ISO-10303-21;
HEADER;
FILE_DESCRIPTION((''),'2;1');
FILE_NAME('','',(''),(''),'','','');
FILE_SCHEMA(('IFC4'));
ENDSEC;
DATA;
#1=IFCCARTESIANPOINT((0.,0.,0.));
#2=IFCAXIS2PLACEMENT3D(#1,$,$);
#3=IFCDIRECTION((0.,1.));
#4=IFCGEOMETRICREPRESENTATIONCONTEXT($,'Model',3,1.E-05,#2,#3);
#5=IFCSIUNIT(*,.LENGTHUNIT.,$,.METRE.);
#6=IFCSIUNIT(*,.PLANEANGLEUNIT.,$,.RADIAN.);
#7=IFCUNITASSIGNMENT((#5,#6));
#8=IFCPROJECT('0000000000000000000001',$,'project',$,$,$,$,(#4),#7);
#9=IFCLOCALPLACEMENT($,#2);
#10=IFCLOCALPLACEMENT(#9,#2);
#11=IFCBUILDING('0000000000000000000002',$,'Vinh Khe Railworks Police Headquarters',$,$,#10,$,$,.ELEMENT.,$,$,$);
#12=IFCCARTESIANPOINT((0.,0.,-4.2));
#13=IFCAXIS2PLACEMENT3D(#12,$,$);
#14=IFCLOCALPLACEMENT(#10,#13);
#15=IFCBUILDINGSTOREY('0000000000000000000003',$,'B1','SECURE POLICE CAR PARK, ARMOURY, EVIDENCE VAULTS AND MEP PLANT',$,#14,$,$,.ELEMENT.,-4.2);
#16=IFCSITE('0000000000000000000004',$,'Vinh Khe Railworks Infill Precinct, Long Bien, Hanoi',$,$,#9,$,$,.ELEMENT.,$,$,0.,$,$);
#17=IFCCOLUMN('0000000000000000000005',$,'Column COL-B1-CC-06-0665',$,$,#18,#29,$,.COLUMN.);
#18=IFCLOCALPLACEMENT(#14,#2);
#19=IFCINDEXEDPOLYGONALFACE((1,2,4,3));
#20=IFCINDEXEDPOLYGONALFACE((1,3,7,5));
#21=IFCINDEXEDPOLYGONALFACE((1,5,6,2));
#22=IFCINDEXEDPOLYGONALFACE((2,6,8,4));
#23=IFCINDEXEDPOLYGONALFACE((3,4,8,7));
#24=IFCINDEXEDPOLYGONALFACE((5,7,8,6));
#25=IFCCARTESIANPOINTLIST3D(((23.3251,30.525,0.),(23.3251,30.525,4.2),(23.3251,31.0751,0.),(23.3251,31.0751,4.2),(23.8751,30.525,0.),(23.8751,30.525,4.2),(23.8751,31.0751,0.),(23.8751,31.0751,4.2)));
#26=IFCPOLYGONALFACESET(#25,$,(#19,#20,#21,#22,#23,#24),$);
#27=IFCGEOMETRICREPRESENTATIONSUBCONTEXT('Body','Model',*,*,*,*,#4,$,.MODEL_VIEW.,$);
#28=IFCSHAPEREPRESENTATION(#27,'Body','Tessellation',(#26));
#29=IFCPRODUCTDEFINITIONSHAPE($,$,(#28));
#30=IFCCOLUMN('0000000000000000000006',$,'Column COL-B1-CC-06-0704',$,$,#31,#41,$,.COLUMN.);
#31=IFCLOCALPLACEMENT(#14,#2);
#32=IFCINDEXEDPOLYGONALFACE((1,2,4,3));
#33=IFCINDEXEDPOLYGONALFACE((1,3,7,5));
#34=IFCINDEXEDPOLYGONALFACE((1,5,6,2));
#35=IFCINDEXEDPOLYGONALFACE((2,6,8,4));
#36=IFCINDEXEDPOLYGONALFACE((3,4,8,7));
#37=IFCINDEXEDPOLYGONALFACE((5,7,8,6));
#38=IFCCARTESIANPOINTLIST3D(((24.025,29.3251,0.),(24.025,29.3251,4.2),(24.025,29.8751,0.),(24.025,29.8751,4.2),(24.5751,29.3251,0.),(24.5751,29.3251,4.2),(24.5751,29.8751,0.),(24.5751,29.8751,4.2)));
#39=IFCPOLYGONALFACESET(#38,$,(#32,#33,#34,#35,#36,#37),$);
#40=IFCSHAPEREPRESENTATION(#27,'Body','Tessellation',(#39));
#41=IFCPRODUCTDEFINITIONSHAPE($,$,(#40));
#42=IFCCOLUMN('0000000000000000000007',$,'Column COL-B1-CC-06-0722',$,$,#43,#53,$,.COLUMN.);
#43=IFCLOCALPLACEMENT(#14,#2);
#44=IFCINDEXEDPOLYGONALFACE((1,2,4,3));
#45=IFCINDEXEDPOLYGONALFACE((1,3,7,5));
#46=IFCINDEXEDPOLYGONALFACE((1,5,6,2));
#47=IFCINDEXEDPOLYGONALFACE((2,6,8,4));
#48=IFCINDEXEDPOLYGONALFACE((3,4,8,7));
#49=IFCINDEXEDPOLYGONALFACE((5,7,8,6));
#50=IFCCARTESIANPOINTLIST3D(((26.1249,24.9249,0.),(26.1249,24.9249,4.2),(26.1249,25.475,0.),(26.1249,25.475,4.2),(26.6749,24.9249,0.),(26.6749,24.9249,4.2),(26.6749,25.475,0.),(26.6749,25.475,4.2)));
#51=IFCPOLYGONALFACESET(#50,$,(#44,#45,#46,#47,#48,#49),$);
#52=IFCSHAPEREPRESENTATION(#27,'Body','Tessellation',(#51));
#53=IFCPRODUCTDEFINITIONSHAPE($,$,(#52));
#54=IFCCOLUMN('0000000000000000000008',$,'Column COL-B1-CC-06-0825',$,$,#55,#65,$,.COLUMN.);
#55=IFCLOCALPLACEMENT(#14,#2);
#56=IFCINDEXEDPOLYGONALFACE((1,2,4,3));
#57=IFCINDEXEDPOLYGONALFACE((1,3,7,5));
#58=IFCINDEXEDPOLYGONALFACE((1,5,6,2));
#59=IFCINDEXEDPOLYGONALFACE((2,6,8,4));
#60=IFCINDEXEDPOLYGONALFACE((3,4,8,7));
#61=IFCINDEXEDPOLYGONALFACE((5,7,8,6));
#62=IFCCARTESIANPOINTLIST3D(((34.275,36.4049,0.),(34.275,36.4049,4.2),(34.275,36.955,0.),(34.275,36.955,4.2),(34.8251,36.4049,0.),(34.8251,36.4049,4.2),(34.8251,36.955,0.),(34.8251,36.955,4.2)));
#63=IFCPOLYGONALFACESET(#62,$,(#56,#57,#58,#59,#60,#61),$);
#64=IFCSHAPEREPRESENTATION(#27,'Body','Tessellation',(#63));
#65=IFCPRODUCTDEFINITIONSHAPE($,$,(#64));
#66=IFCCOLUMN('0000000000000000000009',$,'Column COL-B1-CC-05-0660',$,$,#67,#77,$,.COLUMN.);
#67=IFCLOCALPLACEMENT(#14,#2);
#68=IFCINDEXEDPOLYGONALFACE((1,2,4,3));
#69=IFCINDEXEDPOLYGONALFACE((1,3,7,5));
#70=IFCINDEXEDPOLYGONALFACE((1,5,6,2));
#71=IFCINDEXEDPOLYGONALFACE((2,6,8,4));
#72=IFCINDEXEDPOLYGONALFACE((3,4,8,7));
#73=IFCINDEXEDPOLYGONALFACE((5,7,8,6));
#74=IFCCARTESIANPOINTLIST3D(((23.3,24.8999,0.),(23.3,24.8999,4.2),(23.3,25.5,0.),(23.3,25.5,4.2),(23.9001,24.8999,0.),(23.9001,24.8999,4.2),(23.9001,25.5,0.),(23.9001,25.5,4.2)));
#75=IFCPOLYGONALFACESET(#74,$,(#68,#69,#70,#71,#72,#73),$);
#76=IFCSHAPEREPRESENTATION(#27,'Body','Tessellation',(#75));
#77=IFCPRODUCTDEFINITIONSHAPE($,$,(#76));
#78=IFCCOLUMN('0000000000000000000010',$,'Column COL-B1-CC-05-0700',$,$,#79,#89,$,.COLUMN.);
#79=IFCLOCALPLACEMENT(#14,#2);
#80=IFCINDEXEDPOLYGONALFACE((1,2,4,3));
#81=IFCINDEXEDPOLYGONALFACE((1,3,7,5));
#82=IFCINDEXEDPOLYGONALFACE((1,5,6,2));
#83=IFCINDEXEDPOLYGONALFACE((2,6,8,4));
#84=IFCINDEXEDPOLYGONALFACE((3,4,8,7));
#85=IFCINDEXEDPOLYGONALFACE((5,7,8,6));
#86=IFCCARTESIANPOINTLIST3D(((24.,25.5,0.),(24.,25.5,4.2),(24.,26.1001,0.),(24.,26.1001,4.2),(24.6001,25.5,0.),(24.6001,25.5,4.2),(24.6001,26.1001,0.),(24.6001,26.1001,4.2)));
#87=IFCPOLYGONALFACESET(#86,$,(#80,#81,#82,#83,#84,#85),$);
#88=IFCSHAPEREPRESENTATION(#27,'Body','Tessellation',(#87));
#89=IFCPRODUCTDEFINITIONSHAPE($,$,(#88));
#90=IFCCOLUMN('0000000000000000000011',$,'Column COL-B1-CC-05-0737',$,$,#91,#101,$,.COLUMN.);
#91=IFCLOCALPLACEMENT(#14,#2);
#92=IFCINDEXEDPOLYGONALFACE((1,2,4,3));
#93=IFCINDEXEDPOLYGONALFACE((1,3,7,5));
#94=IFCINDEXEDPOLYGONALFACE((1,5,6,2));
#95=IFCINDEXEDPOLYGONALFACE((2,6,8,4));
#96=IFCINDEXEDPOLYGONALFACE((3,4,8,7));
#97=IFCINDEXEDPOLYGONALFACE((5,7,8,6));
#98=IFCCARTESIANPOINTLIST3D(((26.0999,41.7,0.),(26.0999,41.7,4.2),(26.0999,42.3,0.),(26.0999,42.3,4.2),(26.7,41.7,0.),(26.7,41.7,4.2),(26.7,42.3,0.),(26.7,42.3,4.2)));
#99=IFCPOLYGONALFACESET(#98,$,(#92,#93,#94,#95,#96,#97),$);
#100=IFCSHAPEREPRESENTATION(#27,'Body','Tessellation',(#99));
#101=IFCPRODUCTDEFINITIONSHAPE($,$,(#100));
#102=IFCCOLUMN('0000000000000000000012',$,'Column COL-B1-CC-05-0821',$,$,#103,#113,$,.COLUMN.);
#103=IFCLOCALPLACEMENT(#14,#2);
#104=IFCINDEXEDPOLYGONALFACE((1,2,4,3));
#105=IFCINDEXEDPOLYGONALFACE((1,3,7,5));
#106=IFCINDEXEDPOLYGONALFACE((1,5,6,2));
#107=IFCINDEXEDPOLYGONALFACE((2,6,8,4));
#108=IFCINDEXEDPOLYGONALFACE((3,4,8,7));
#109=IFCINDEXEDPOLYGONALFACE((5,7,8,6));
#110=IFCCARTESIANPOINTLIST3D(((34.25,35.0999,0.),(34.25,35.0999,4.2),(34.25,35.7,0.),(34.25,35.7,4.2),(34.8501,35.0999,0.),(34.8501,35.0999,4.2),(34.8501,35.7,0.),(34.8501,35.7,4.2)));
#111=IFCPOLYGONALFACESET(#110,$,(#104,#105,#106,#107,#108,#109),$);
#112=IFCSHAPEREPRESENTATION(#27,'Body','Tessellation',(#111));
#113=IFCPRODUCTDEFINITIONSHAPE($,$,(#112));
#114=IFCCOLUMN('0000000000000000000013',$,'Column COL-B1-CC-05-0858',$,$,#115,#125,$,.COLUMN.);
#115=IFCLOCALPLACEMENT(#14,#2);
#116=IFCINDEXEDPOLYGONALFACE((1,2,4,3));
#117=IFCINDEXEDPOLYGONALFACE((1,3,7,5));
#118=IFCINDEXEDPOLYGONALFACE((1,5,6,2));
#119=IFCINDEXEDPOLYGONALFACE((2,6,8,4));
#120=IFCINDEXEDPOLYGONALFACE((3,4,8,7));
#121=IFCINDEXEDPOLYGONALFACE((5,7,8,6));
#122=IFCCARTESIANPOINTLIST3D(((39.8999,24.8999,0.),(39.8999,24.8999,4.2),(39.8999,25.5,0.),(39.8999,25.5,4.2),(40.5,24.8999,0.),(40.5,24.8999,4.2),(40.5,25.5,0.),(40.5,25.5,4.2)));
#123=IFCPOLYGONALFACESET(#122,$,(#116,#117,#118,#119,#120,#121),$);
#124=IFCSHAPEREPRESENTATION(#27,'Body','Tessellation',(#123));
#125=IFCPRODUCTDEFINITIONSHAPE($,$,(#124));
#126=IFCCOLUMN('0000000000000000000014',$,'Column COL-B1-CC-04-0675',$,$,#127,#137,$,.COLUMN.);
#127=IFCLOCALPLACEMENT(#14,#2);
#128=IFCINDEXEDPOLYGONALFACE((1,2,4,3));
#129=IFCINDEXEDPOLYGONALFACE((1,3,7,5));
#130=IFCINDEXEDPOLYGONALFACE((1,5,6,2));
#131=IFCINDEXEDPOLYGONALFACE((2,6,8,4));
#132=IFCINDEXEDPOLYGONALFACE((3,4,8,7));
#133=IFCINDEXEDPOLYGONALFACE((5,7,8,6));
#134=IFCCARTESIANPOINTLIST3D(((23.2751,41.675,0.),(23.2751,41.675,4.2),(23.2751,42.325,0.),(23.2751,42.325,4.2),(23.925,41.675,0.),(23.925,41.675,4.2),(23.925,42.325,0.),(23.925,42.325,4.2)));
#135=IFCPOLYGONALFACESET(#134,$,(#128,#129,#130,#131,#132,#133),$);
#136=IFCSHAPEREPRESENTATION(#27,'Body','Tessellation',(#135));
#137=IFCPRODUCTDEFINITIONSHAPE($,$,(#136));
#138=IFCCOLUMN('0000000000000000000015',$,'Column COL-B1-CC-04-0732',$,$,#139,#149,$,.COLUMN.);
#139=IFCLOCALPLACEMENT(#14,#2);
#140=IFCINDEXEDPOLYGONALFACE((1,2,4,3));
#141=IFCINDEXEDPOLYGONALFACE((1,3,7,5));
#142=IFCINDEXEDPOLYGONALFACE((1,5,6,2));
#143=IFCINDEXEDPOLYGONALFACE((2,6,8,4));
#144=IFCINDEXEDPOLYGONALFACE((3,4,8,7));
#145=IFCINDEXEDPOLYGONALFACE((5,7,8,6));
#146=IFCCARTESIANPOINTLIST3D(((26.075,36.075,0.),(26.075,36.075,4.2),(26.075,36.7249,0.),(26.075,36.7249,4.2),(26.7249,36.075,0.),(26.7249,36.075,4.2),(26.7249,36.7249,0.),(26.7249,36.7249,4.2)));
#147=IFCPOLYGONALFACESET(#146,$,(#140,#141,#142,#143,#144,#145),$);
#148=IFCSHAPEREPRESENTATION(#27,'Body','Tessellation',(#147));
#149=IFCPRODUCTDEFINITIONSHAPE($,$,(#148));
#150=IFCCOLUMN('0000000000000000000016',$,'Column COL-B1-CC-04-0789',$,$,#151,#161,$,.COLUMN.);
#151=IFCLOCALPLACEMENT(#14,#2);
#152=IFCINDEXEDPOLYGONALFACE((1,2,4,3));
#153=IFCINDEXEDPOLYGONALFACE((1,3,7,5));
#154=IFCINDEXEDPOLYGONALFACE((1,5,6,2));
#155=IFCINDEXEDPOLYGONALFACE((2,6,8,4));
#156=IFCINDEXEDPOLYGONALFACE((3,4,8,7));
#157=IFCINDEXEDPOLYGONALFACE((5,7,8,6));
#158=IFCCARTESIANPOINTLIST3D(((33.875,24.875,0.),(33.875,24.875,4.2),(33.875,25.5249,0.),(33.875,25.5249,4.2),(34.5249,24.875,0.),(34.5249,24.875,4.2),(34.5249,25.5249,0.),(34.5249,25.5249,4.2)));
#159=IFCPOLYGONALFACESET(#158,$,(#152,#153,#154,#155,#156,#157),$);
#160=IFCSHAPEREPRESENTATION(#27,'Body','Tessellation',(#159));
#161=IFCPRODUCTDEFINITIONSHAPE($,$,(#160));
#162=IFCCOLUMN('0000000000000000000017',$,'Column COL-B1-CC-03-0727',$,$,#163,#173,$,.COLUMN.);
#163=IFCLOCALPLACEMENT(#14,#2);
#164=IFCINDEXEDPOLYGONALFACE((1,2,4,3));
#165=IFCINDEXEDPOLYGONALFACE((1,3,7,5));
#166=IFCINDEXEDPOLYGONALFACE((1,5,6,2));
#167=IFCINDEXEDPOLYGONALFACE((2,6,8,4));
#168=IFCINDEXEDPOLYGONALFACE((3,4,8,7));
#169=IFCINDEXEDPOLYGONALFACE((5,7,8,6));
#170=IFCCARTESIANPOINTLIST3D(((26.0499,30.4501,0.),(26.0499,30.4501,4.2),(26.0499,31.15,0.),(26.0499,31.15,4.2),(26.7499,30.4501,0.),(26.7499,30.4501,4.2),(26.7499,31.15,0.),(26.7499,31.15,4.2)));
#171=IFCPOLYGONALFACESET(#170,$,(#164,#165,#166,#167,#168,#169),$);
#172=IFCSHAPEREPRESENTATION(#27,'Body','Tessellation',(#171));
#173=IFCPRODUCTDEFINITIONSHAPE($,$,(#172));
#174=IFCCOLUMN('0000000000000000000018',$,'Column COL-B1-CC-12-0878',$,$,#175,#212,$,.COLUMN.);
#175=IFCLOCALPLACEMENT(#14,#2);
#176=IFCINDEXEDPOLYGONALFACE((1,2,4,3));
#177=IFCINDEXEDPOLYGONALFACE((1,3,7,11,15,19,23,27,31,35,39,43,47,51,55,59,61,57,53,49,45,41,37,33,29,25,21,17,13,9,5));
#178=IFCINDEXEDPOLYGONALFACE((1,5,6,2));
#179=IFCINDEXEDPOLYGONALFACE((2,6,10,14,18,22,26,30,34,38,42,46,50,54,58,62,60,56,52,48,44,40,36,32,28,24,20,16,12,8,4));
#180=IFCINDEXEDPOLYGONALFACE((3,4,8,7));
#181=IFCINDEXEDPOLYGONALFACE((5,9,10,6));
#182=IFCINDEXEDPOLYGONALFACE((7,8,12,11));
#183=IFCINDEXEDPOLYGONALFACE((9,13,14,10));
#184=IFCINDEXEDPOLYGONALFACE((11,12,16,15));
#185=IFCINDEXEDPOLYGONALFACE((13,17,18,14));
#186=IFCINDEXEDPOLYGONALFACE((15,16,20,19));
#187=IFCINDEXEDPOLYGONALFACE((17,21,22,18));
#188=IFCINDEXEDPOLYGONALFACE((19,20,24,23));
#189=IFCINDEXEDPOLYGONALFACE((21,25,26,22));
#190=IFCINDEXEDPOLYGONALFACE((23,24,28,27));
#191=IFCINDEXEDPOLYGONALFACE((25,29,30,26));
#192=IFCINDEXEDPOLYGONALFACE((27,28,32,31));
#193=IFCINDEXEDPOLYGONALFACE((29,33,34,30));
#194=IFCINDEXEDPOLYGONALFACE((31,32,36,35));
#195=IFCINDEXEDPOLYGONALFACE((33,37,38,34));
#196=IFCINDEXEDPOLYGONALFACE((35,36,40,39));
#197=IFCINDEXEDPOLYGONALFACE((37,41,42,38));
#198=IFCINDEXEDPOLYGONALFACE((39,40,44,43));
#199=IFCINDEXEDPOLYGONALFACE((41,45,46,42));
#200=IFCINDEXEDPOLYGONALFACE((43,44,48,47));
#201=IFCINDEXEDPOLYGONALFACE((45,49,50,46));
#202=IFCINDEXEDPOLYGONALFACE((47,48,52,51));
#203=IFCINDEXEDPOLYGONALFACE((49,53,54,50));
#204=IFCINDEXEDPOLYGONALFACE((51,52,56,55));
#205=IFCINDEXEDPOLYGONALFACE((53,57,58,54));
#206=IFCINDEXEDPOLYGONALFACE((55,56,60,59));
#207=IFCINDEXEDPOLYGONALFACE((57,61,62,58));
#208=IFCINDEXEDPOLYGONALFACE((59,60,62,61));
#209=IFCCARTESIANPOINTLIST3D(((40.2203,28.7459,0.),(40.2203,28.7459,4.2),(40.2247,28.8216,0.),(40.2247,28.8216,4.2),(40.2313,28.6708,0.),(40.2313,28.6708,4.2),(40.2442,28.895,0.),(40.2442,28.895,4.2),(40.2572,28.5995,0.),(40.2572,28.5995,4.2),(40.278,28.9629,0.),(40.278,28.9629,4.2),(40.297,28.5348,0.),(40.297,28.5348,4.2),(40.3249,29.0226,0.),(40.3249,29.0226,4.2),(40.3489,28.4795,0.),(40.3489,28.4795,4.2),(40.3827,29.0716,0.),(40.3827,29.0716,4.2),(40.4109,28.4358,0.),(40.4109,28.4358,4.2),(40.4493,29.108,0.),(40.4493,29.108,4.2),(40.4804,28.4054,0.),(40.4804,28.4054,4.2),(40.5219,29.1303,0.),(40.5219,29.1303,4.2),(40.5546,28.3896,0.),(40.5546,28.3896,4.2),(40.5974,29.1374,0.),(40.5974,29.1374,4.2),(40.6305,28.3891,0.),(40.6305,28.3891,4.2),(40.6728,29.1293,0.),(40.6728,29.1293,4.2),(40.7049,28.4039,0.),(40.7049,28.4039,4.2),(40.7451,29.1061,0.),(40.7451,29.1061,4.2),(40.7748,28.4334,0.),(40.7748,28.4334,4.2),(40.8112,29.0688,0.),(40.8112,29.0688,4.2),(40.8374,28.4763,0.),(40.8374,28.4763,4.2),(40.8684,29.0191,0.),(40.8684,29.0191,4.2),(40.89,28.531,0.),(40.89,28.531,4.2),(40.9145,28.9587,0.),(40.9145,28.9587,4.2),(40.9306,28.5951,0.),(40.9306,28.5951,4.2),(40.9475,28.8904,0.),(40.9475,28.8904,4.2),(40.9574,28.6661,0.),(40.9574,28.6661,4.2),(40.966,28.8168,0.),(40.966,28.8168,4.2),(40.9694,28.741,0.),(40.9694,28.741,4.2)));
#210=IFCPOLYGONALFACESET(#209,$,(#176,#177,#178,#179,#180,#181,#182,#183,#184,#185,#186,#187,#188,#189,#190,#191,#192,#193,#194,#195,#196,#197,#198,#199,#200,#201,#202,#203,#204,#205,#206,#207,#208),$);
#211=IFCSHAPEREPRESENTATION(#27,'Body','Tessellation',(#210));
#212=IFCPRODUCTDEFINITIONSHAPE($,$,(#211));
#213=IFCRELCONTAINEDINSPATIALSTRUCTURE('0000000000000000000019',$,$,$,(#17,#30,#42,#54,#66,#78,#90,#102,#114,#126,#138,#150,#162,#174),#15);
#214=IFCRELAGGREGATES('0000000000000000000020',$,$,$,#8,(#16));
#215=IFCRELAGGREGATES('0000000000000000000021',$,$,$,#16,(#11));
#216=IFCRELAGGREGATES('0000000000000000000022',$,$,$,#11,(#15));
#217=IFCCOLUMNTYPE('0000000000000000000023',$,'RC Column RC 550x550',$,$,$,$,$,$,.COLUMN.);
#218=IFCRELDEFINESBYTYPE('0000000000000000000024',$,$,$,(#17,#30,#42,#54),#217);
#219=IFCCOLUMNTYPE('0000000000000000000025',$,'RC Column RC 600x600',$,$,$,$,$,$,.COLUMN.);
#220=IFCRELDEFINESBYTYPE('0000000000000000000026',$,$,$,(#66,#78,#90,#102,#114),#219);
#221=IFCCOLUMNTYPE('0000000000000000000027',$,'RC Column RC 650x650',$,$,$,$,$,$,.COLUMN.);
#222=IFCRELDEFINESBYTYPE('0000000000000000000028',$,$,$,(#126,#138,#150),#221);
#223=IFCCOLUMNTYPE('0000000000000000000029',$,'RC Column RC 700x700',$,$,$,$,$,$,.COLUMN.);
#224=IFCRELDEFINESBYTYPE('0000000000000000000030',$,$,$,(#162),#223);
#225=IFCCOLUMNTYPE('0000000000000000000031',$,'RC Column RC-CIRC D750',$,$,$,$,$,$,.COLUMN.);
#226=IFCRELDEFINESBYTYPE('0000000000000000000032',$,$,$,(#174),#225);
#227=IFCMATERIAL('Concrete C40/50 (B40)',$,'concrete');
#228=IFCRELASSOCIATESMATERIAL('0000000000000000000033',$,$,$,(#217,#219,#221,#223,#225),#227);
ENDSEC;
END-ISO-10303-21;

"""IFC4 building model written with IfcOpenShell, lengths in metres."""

from ifc_helpers import new_model, si_unit, direction, frame, origin, origin_2d, place, context, subcontext, project, spatial, rectangle, circle, extrude, material, material_profile, profile_set, type_object, element, save


model = new_model("IFC4")

# Units and contexts
model_context = context("Model", 3, precision=1e-05, world=origin(), true_north=direction((0.0, 1.0)))
body_context = subcontext(model_context, "Body", "Model", "MODEL_VIEW")
ifc_project = project(units=[si_unit("LENGTHUNIT", "METRE"), si_unit("PLANEANGLEUNIT", "RADIAN")], contexts=[model_context])

# Site, building, storey
site_placement = place(None, origin())
site = spatial("IfcSite", under=ifc_project, at=site_placement, Name="Vinh Khe Railworks Infill Precinct, Long Bien, Hanoi", CompositionType="ELEMENT", RefElevation=0.0)
building_placement = place(site_placement, origin())
building = spatial("IfcBuilding", under=site, at=building_placement, Name="Vinh Khe Railworks Police Headquarters", CompositionType="ELEMENT")
storey_placement = place(building_placement, frame((0.0, 0.0, -4.2)))
storey = spatial("IfcBuildingStorey", under=building, at=storey_placement, Name="B1", Description="SECURE POLICE CAR PARK, ARMOURY, EVIDENCE VAULTS AND MEP PLANT", CompositionType="ELEMENT", Elevation=-4.2)

# Columns
ifc_material_1 = material(Name="Concrete C40/50 (B40)", Category="concrete")
ifc_material_profile_1 = material_profile(ifc_material_1, rectangle(XDim=0.55, YDim=0.55, at=origin_2d()), Name="RC 550x550")
ifc_profile_set_1 = profile_set([ifc_material_profile_1], Name="Concrete C40/50 (B40)")
column_type_1 = type_object("IfcColumnType", Name="RC Column RC 550x550", PredefinedType="COLUMN", material=ifc_profile_set_1)
for number, where, z_axis, x_axis, name in (
    (1, (23.6001, 30.8, 0.0), (0.0, 0.0, 1.0), (1.0, 0.0, 0.0), "Column COL-B1-CC-06-0665"),
    (2, (24.3, 29.6001, 0.0), (0.0, 0.0, 1.0), (1.0, 0.0, 0.0), "Column COL-B1-CC-06-0704"),
    (3, (26.3999, 25.2, 0.0), (0.0, 0.0, 1.0), (1.0, 0.0, 0.0), "Column COL-B1-CC-06-0722"),
    (4, (34.55, 36.6799, 0.0), (0.0, 0.0, 1.0), (1.0, 0.0, 0.0), "Column COL-B1-CC-06-0825"),
):
    element("IfcColumn", number, at=place(storey_placement, frame(where, z_axis=z_axis, x_axis=x_axis)), inside=storey, type_object=column_type_1, Name=name, PredefinedType="COLUMN", context=body_context, shape_type="SweptSolid", body=[
        extrude(rectangle(XDim=0.55, YDim=0.55, at=origin_2d()), origin(), (0.0, 0.0, 1.0), 4.2),
    ])
ifc_material_profile_2 = material_profile(ifc_material_1, rectangle(XDim=0.6001, YDim=0.6001, at=origin_2d()), Name="RC 600x600")
ifc_profile_set_2 = profile_set([ifc_material_profile_2], Name="Concrete C40/50 (B40)")
column_type_2 = type_object("IfcColumnType", Name="RC Column RC 600x600", PredefinedType="COLUMN", material=ifc_profile_set_2)
for number, where, z_axis, x_axis, name in (
    (5, (23.6001, 25.2, 0.0), (0.0, 0.0, 1.0), (1.0, 0.0, 0.0), "Column COL-B1-CC-05-0660"),
    (6, (24.3, 25.8, 0.0), (0.0, 0.0, 1.0), (1.0, 0.0, 0.0), "Column COL-B1-CC-05-0700"),
    (7, (26.3999, 42.0, 0.0), (0.0, 0.0, 1.0), (1.0, 0.0, 0.0), "Column COL-B1-CC-05-0737"),
    (8, (34.55, 35.3999, 0.0), (0.0, 0.0, 1.0), (1.0, 0.0, 0.0), "Column COL-B1-CC-05-0821"),
    (9, (40.2, 25.2, 0.0), (0.0, 0.0, 1.0), (1.0, 0.0, 0.0), "Column COL-B1-CC-05-0858"),
):
    element("IfcColumn", number, at=place(storey_placement, frame(where, z_axis=z_axis, x_axis=x_axis)), inside=storey, type_object=column_type_2, Name=name, PredefinedType="COLUMN", context=body_context, shape_type="SweptSolid", body=[
        extrude(rectangle(XDim=0.6001, YDim=0.6001, at=origin_2d()), origin(), (0.0, 0.0, 1.0), 4.2),
    ])
ifc_material_profile_3 = material_profile(ifc_material_1, rectangle(XDim=0.6499, YDim=0.6499, at=origin_2d()), Name="RC 650x650")
ifc_profile_set_3 = profile_set([ifc_material_profile_3], Name="Concrete C40/50 (B40)")
column_type_3 = type_object("IfcColumnType", Name="RC Column RC 650x650", PredefinedType="COLUMN", material=ifc_profile_set_3)
for number, where, z_axis, x_axis, name in (
    (10, (23.6001, 42.0, 0.0), (0.0, 0.0, 1.0), (1.0, 0.0, 0.0), "Column COL-B1-CC-04-0675"),
    (11, (26.3999, 36.3999, 0.0), (0.0, 0.0, 1.0), (1.0, 0.0, 0.0), "Column COL-B1-CC-04-0732"),
    (12, (34.2, 25.2, 0.0), (0.0, 0.0, 1.0), (1.0, 0.0, 0.0), "Column COL-B1-CC-04-0789"),
):
    element("IfcColumn", number, at=place(storey_placement, frame(where, z_axis=z_axis, x_axis=x_axis)), inside=storey, type_object=column_type_3, Name=name, PredefinedType="COLUMN", context=body_context, shape_type="SweptSolid", body=[
        extrude(rectangle(XDim=0.6499, YDim=0.6499, at=origin_2d()), origin(), (0.0, 0.0, 1.0), 4.2),
    ])
ifc_material_profile_4 = material_profile(ifc_material_1, rectangle(XDim=0.7, YDim=0.7, at=origin_2d()), Name="RC 700x700")
ifc_profile_set_4 = profile_set([ifc_material_profile_4], Name="Concrete C40/50 (B40)")
column_type_4 = type_object("IfcColumnType", Name="RC Column RC 700x700", PredefinedType="COLUMN", material=ifc_profile_set_4)
column_1_placement = place(storey_placement, frame((26.3999, 30.8, 0.0), z_axis=(0.0, 0.0, 1.0), x_axis=(1.0, 0.0, 0.0)))
element("IfcColumn", 13, at=column_1_placement, inside=storey, type_object=column_type_4, Name="Column COL-B1-CC-03-0727", PredefinedType="COLUMN", context=body_context, shape_type="SweptSolid", body=[
    extrude(rectangle(XDim=0.7, YDim=0.7, at=origin_2d()), origin(), (0.0, 0.0, 1.0), 4.2),
])
ifc_material_profile_5 = material_profile(ifc_material_1, circle(Radius=0.375, at=origin_2d()), Name="RC-CIRC D750")
ifc_profile_set_5 = profile_set([ifc_material_profile_5], Name="Concrete C40/50 (B40)")
column_type_5 = type_object("IfcColumnType", Name="RC Column RC-CIRC D750", PredefinedType="COLUMN", material=ifc_profile_set_5)
for number, where, z_axis, x_axis, name in (
    (14, (40.595, 28.7625, 0.0), (0.0, 0.0, 1.0), (-0.305529, -0.952183, 0.0), "Column COL-B1-CC-12-0878"),
):
    element("IfcColumn", number, at=place(storey_placement, frame(where, z_axis=z_axis, x_axis=x_axis)), inside=storey, type_object=column_type_5, Name=name, PredefinedType="COLUMN", context=body_context, shape_type="SweptSolid", body=[
        extrude(circle(Radius=0.375, at=origin_2d()), origin(), (0.0, 0.0, 1.0), 4.2),
    ])

save(model, "model.ifc")
